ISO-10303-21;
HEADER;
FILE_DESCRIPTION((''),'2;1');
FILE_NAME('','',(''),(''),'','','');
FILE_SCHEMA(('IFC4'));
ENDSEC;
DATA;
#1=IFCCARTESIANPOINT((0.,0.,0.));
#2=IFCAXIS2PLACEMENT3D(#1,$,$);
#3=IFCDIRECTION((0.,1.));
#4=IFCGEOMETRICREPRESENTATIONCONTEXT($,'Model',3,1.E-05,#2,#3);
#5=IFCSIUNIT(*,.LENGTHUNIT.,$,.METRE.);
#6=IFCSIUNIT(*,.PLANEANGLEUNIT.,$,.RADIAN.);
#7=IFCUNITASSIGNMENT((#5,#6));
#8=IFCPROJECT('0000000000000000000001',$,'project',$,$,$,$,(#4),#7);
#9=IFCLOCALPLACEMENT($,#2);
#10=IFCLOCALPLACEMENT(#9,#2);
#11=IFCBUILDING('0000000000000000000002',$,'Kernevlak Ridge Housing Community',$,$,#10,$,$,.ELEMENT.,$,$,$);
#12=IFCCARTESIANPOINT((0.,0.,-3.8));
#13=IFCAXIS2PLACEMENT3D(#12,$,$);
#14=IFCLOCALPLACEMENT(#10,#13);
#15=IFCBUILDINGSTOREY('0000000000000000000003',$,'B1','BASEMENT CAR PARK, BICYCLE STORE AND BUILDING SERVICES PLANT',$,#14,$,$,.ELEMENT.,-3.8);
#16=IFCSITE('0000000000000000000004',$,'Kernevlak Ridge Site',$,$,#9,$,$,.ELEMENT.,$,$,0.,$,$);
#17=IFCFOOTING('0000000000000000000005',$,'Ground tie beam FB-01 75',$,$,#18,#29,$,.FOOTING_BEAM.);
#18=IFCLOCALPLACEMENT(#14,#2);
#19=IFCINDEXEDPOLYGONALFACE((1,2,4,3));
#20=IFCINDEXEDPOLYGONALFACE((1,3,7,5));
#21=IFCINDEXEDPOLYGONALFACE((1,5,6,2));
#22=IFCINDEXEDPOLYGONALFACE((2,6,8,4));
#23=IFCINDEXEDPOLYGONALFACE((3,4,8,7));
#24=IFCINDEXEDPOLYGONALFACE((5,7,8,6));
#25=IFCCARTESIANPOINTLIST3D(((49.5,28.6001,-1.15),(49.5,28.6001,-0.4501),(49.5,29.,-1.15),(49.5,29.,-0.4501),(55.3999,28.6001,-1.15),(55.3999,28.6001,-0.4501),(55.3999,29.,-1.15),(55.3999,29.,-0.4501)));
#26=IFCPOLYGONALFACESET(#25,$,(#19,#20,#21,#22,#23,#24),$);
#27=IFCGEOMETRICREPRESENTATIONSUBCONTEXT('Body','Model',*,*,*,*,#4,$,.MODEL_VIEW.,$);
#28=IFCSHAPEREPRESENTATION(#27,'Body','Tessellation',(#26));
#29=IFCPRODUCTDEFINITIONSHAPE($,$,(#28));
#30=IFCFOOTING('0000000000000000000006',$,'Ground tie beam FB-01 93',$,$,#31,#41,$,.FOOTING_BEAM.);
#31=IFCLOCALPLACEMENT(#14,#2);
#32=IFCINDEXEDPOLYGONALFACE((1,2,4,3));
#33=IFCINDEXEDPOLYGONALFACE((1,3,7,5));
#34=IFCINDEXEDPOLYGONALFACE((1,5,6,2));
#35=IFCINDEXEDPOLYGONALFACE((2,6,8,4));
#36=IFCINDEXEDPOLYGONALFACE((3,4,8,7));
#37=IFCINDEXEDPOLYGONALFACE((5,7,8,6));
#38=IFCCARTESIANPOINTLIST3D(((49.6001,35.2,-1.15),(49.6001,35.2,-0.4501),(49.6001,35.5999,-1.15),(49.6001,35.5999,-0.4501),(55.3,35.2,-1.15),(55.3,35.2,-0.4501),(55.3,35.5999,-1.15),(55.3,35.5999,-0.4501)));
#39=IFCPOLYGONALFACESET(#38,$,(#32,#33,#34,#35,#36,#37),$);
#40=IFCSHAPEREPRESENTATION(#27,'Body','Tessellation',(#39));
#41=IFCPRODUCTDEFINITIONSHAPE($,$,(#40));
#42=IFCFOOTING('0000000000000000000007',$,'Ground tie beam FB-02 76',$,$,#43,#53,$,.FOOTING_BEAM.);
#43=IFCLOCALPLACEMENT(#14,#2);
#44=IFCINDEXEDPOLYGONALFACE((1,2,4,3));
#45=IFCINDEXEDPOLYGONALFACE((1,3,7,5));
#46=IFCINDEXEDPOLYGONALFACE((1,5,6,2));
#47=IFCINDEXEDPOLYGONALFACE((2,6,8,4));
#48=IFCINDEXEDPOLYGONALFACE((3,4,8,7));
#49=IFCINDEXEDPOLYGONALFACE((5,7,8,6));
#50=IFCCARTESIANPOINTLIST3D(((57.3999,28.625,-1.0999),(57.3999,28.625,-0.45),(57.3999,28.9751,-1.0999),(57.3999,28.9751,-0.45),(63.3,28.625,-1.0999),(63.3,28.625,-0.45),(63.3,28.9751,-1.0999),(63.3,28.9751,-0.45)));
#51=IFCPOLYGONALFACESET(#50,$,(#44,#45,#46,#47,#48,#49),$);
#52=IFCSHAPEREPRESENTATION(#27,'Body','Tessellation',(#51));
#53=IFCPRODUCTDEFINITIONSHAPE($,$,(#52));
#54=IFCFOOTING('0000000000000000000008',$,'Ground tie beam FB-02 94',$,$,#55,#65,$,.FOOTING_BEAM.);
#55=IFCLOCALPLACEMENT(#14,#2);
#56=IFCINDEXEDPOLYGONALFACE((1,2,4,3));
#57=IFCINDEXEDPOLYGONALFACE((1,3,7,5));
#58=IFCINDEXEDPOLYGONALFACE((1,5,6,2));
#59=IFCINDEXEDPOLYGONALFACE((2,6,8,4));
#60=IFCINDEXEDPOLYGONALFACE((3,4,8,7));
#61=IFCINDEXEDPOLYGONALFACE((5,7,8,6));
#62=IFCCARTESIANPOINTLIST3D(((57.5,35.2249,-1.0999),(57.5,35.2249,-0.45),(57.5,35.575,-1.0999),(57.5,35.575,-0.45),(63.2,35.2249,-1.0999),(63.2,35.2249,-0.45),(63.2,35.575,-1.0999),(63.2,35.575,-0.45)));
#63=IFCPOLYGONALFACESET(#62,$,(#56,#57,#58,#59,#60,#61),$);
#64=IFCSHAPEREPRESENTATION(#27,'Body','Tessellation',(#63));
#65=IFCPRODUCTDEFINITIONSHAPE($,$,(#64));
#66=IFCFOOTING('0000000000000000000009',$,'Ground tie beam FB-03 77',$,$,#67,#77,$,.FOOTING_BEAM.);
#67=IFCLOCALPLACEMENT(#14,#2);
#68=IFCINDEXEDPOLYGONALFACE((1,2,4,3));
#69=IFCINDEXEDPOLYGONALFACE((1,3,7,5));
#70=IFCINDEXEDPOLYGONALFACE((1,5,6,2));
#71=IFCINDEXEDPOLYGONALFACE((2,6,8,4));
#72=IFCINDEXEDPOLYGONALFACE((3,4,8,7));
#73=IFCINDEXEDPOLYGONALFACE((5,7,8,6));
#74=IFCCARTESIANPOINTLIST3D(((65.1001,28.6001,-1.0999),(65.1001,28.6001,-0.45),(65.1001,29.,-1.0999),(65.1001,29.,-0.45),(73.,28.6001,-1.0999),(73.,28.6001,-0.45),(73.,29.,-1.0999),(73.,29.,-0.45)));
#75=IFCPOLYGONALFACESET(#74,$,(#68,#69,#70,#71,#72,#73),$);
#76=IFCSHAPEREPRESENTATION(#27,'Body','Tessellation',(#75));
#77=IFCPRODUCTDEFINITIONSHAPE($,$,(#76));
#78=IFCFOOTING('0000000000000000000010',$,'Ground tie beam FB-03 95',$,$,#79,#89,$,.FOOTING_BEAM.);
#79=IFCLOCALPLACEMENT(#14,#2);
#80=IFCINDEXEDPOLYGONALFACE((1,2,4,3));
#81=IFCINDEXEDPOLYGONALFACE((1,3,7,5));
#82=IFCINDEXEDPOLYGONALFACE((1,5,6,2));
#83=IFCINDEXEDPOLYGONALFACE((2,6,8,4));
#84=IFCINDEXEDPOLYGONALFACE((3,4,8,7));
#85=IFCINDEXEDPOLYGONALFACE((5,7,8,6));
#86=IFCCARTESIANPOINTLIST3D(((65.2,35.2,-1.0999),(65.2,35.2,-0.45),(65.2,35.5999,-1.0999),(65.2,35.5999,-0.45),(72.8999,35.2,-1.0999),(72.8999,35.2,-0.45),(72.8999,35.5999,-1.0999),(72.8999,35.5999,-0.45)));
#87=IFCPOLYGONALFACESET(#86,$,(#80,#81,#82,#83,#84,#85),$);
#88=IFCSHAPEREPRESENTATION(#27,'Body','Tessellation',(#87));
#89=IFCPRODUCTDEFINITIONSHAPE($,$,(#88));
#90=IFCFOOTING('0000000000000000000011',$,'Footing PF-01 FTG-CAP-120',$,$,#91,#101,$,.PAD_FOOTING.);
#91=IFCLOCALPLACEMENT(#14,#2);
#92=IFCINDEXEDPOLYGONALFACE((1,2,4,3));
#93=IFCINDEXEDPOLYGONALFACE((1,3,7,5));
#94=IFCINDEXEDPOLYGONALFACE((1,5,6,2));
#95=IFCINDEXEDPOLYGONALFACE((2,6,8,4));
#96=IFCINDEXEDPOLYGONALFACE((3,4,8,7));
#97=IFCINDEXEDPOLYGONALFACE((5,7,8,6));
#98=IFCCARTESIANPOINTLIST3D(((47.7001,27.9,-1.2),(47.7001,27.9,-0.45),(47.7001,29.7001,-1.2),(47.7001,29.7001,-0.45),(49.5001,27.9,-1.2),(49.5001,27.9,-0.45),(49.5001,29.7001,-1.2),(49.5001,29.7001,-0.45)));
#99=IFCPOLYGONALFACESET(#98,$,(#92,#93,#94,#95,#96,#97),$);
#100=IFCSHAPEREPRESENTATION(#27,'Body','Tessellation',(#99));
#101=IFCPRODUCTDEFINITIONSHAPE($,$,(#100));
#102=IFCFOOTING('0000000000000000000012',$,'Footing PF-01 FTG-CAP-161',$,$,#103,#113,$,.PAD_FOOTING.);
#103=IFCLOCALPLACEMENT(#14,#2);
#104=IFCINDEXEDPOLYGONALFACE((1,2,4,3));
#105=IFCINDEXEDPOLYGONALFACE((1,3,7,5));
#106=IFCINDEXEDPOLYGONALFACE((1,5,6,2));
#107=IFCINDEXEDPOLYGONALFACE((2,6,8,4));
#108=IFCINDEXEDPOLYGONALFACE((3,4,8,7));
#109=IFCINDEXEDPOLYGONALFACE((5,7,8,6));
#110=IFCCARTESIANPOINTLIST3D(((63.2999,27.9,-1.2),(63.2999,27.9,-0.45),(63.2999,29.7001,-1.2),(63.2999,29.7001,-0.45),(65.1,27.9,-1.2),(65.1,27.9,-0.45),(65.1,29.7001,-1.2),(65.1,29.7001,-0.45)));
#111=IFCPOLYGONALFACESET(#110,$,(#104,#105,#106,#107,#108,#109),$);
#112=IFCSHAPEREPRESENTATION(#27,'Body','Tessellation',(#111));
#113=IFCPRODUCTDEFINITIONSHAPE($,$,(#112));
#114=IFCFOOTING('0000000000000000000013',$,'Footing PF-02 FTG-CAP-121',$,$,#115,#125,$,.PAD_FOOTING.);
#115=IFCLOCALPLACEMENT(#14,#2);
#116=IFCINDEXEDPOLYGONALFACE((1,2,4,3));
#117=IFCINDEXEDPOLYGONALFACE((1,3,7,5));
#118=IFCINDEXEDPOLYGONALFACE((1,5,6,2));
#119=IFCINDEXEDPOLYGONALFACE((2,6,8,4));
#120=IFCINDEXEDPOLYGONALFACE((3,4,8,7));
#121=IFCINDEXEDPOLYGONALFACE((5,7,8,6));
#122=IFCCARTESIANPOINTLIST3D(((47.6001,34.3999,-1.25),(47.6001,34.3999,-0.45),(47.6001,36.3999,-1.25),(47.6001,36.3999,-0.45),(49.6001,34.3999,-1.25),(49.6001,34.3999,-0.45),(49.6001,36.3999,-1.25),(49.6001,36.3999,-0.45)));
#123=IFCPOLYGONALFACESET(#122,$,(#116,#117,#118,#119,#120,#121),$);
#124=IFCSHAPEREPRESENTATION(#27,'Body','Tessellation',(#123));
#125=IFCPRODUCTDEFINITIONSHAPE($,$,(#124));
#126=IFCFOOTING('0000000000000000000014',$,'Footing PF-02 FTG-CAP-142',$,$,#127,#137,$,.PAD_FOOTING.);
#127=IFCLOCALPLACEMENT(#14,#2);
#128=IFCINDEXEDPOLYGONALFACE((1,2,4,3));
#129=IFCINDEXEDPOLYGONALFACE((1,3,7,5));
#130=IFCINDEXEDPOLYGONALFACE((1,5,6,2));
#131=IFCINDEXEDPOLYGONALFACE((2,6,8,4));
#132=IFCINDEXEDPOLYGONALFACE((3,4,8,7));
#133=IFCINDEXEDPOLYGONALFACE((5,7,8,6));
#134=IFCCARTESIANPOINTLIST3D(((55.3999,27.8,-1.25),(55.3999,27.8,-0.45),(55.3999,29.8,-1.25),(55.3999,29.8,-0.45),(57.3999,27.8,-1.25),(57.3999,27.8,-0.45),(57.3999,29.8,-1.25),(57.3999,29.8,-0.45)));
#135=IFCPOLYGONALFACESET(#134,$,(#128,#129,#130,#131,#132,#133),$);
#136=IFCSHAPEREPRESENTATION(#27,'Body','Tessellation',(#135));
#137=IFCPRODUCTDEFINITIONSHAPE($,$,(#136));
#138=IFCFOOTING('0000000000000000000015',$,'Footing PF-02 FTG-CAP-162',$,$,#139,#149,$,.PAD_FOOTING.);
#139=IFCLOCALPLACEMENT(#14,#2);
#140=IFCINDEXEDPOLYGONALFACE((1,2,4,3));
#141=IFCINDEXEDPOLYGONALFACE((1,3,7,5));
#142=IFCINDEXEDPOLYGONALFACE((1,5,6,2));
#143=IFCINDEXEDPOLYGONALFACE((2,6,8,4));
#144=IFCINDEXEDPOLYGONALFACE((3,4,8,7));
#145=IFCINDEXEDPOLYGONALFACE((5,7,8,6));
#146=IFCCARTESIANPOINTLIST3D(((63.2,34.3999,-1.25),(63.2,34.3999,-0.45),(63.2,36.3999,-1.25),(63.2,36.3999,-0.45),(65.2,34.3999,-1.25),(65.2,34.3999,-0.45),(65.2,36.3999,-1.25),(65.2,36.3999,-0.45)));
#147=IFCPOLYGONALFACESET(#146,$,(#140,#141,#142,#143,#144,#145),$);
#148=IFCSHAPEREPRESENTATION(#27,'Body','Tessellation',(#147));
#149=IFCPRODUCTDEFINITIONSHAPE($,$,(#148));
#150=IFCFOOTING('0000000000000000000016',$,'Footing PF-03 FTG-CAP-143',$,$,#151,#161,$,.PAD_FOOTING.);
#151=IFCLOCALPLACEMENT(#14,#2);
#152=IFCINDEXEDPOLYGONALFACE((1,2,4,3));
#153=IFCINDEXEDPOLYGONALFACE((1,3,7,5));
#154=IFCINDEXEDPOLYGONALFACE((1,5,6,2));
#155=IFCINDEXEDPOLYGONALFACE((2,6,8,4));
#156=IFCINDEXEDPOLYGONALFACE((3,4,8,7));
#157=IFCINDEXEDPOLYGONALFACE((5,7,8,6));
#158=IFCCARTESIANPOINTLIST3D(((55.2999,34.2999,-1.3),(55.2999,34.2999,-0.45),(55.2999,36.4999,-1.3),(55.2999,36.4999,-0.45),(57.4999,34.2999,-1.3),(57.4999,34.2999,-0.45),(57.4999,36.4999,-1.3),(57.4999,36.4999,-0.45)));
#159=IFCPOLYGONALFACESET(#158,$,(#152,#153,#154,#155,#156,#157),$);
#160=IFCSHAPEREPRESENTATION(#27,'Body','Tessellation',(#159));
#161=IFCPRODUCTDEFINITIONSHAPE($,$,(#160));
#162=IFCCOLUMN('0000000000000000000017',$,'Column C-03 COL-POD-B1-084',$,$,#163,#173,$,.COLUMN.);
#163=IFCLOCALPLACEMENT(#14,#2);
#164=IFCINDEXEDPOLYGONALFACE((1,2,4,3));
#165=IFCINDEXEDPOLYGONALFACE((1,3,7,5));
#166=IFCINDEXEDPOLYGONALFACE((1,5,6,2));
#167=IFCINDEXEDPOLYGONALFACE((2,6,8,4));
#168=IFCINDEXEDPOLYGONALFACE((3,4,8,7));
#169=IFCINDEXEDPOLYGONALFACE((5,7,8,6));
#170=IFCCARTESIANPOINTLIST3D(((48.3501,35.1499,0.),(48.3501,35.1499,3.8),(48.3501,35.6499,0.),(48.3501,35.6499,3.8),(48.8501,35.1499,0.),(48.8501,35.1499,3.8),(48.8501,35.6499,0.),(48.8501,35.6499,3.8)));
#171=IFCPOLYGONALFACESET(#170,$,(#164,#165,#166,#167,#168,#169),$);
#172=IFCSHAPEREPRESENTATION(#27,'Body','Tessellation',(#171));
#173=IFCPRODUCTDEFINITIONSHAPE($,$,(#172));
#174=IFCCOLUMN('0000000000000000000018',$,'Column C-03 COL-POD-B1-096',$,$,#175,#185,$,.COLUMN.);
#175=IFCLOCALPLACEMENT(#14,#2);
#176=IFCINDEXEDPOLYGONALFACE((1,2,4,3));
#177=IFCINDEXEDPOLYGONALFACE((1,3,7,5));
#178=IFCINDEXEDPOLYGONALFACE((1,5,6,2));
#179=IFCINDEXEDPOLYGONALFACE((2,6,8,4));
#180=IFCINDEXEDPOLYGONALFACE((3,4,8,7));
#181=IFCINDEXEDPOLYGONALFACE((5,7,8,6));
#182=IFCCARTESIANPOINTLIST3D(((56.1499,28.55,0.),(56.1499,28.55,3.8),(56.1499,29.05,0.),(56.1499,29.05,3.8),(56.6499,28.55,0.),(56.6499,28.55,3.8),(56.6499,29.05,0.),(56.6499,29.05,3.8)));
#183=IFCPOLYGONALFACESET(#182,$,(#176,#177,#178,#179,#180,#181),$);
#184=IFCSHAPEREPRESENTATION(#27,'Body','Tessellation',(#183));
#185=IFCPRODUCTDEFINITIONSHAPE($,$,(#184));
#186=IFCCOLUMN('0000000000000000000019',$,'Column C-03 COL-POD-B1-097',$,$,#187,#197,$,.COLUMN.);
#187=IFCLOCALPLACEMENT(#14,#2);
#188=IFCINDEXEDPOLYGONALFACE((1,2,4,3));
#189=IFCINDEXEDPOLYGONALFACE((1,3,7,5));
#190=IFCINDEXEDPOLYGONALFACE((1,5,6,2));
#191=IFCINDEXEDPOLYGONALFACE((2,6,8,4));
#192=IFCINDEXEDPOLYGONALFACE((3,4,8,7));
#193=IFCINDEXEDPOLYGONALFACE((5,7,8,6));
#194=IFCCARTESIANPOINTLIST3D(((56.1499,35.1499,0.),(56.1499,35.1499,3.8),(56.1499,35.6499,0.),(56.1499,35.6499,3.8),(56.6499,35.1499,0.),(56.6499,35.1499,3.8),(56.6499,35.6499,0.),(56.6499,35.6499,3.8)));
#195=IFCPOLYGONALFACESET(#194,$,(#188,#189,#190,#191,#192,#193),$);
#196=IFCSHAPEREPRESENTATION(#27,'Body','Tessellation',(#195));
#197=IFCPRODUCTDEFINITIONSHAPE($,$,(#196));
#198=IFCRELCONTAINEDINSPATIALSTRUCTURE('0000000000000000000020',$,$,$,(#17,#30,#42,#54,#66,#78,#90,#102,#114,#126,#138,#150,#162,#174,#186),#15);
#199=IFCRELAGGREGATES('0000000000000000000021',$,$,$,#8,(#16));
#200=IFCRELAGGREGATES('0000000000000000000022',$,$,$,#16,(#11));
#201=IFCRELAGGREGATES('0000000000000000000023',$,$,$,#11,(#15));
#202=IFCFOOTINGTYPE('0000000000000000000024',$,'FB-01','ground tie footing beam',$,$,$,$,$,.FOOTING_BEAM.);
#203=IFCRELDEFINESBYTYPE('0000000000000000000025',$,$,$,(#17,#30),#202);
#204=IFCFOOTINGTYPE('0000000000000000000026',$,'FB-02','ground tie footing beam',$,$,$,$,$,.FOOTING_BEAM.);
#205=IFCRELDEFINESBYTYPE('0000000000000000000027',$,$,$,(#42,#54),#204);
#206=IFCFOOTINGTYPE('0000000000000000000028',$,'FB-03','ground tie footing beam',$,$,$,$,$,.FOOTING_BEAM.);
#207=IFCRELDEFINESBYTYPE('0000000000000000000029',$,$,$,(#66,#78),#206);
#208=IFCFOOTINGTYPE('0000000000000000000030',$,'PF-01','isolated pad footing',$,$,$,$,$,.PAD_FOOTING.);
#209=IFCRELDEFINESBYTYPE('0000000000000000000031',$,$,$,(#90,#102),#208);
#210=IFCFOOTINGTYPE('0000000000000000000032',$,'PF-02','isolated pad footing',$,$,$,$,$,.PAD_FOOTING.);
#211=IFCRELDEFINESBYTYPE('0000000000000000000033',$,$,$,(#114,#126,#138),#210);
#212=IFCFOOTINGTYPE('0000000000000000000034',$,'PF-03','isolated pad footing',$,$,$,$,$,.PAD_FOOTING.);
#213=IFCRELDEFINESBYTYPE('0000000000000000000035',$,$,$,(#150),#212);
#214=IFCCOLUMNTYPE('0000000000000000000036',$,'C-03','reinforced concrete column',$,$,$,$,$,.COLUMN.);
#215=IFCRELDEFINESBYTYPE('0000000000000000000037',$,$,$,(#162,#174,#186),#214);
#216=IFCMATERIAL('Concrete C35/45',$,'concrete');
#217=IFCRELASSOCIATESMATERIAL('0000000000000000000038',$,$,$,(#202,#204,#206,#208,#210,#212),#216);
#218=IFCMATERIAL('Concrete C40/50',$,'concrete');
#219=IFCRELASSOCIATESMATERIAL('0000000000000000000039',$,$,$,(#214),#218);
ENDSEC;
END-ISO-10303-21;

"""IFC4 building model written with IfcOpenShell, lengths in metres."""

from ifc_helpers import new_model, si_unit, direction, frame, origin, origin_2d, place, context, subcontext, project, spatial, rectangle, extrude, material, material_profile, profile_set, type_object, element, save


model = new_model("IFC4")

# Units and contexts
model_context = context("Model", 3, precision=1e-05, world=origin(), true_north=direction((0.0, 1.0)))
body_context = subcontext(model_context, "Body", "Model", "MODEL_VIEW")
ifc_project = project(units=[si_unit("LENGTHUNIT", "METRE"), si_unit("PLANEANGLEUNIT", "RADIAN")], contexts=[model_context])

# Site, building, storey
site_placement = place(None, origin())
site = spatial("IfcSite", under=ifc_project, at=site_placement, Name="Kernevlak Ridge Site", CompositionType="ELEMENT", RefElevation=0.0)
building_placement = place(site_placement, origin())
building = spatial("IfcBuilding", under=site, at=building_placement, Name="Kernevlak Ridge Housing Community", CompositionType="ELEMENT")
storey_placement = place(building_placement, frame((0.0, 0.0, -3.8)))
storey = spatial("IfcBuildingStorey", under=building, at=storey_placement, Name="B1", Description="BASEMENT CAR PARK, BICYCLE STORE AND BUILDING SERVICES PLANT", CompositionType="ELEMENT", Elevation=-3.8)

# Footings
ifc_material_1 = material(Name="Concrete C35/45", Category="concrete")
ifc_material_profile_1 = material_profile(ifc_material_1, rectangle(XDim=0.3999, YDim=0.7, at=origin_2d()), Name="RC 400x700")
ifc_profile_set_1 = profile_set([ifc_material_profile_1], Name="Concrete C35/45")
footing_type_1 = type_object("IfcFootingType", Name="FB-01", Description="ground tie footing beam", PredefinedType="FOOTING_BEAM", material=ifc_profile_set_1)
footing_1_placement = place(storey_placement, frame((49.5, 28.8, -0.8), z_axis=(1.0, 0.0, 0.0), x_axis=(0.0, 1.0, 0.0)))
element("IfcFooting", 1, at=footing_1_placement, inside=storey, type_object=footing_type_1, Name="Ground tie beam FB-01 75", PredefinedType="FOOTING_BEAM", context=body_context, shape_type="SweptSolid", body=[
    extrude(rectangle(XDim=0.3999, YDim=0.7, at=origin_2d()), origin(), (0.0, 0.0, 1.0), 5.8999),
])
footing_2_placement = place(storey_placement, frame((49.6001, 35.3999, -0.8), z_axis=(1.0, 0.0, 0.0), x_axis=(0.0, 1.0, 0.0)))
element("IfcFooting", 2, at=footing_2_placement, inside=storey, type_object=footing_type_1, Name="Ground tie beam FB-01 93", PredefinedType="FOOTING_BEAM", context=body_context, shape_type="SweptSolid", body=[
    extrude(rectangle(XDim=0.3999, YDim=0.7, at=origin_2d()), origin(), (0.0, 0.0, 1.0), 5.7),
])
ifc_material_profile_2 = material_profile(ifc_material_1, rectangle(XDim=0.3501, YDim=0.6499, at=origin_2d()), Name="RC 350x650")
ifc_profile_set_2 = profile_set([ifc_material_profile_2], Name="Concrete C35/45")
footing_type_2 = type_object("IfcFootingType", Name="FB-02", Description="ground tie footing beam", PredefinedType="FOOTING_BEAM", material=ifc_profile_set_2)
footing_3_placement = place(storey_placement, frame((57.3999, 28.8, -0.7749), z_axis=(1.0, 0.0, 0.0), x_axis=(0.0, 1.0, 0.0)))
element("IfcFooting", 3, at=footing_3_placement, inside=storey, type_object=footing_type_2, Name="Ground tie beam FB-02 76", PredefinedType="FOOTING_BEAM", context=body_context, shape_type="SweptSolid", body=[
    extrude(rectangle(XDim=0.3501, YDim=0.6499, at=origin_2d()), origin(), (0.0, 0.0, 1.0), 5.9001),
])
footing_4_placement = place(storey_placement, frame((57.5, 35.3999, -0.7749), z_axis=(1.0, 0.0, 0.0), x_axis=(0.0, 1.0, 0.0)))
element("IfcFooting", 4, at=footing_4_placement, inside=storey, type_object=footing_type_2, Name="Ground tie beam FB-02 94", PredefinedType="FOOTING_BEAM", context=body_context, shape_type="SweptSolid", body=[
    extrude(rectangle(XDim=0.3501, YDim=0.6499, at=origin_2d()), origin(), (0.0, 0.0, 1.0), 5.7),
])
ifc_material_profile_3 = material_profile(ifc_material_1, rectangle(XDim=0.3999, YDim=0.6499, at=origin_2d()), Name="RC 400x650")
ifc_profile_set_3 = profile_set([ifc_material_profile_3], Name="Concrete C35/45")
footing_type_3 = type_object("IfcFootingType", Name="FB-03", Description="ground tie footing beam", PredefinedType="FOOTING_BEAM", material=ifc_profile_set_3)
footing_5_placement = place(storey_placement, frame((65.1001, 28.8, -0.7749), z_axis=(1.0, 0.0, 0.0), x_axis=(0.0, 1.0, 0.0)))
element("IfcFooting", 5, at=footing_5_placement, inside=storey, type_object=footing_type_3, Name="Ground tie beam FB-03 77", PredefinedType="FOOTING_BEAM", context=body_context, shape_type="SweptSolid", body=[
    extrude(rectangle(XDim=0.3999, YDim=0.6499, at=origin_2d()), origin(), (0.0, 0.0, 1.0), 7.8999),
])
footing_6_placement = place(storey_placement, frame((65.2, 35.3999, -0.7749), z_axis=(1.0, 0.0, 0.0), x_axis=(0.0, 1.0, 0.0)))
element("IfcFooting", 6, at=footing_6_placement, inside=storey, type_object=footing_type_3, Name="Ground tie beam FB-03 95", PredefinedType="FOOTING_BEAM", context=body_context, shape_type="SweptSolid", body=[
    extrude(rectangle(XDim=0.3999, YDim=0.6499, at=origin_2d()), origin(), (0.0, 0.0, 1.0), 7.7),
])
footing_type_4 = type_object("IfcFootingType", Name="PF-01", Description="isolated pad footing", PredefinedType="PAD_FOOTING", material=ifc_material_1)
for number, where, z_axis, x_axis, name in (
    (7, (48.6001, 28.8, -1.2), (0.0, 0.0, 1.0), (1.0, 0.0, 0.0), "Footing PF-01 FTG-CAP-120"),
    (8, (64.2, 28.8, -1.2), (0.0, 0.0, 1.0), (1.0, 0.0, 0.0), "Footing PF-01 FTG-CAP-161"),
):
    element("IfcFooting", number, at=place(storey_placement, frame(where, z_axis=z_axis, x_axis=x_axis)), inside=storey, type_object=footing_type_4, Name=name, PredefinedType="PAD_FOOTING", context=body_context, shape_type="SweptSolid", body=[
        extrude(rectangle(XDim=1.8, YDim=1.8, at=origin_2d()), origin(), (0.0, 0.0, 1.0), 0.75),
    ])
footing_type_5 = type_object("IfcFootingType", Name="PF-02", Description="isolated pad footing", PredefinedType="PAD_FOOTING", material=ifc_material_1)
for number, where, z_axis, x_axis, name in (
    (9, (48.6001, 35.3999, -1.25), (0.0, 0.0, 1.0), (1.0, 0.0, 0.0), "Footing PF-02 FTG-CAP-121"),
    (10, (56.3999, 28.8, -1.25), (0.0, 0.0, 1.0), (1.0, 0.0, 0.0), "Footing PF-02 FTG-CAP-142"),
    (11, (64.2, 35.3999, -1.25), (0.0, 0.0, 1.0), (1.0, 0.0, 0.0), "Footing PF-02 FTG-CAP-162"),
):
    element("IfcFooting", number, at=place(storey_placement, frame(where, z_axis=z_axis, x_axis=x_axis)), inside=storey, type_object=footing_type_5, Name=name, PredefinedType="PAD_FOOTING", context=body_context, shape_type="SweptSolid", body=[
        extrude(rectangle(XDim=2.0, YDim=2.0, at=origin_2d()), origin(), (0.0, 0.0, 1.0), 0.8),
    ])
footing_type_6 = type_object("IfcFootingType", Name="PF-03", Description="isolated pad footing", PredefinedType="PAD_FOOTING", material=ifc_material_1)
footing_7_placement = place(storey_placement, frame((56.3999, 35.3999, -1.3), z_axis=(0.0, 0.0, 1.0), x_axis=(1.0, 0.0, 0.0)))
element("IfcFooting", 12, at=footing_7_placement, inside=storey, type_object=footing_type_6, Name="Footing PF-03 FTG-CAP-143", PredefinedType="PAD_FOOTING", context=body_context, shape_type="SweptSolid", body=[
    extrude(rectangle(XDim=2.2, YDim=2.2, at=origin_2d()), origin(), (0.0, 0.0, 1.0), 0.8501),
])

# Columns
ifc_material_2 = material(Name="Concrete C40/50", Category="concrete")
ifc_material_profile_4 = material_profile(ifc_material_2, rectangle(XDim=0.5, YDim=0.5, at=origin_2d()), Name="RC 500x500")
ifc_profile_set_4 = profile_set([ifc_material_profile_4], Name="Concrete C40/50")
column_type = type_object("IfcColumnType", Name="C-03", Description="reinforced concrete column", PredefinedType="COLUMN", material=ifc_profile_set_4)
for number, where, z_axis, x_axis, name in (
    (13, (48.6001, 35.3999, 0.0), (0.0, 0.0, 1.0), (1.0, 0.0, 0.0), "Column C-03 COL-POD-B1-084"),
    (14, (56.3999, 28.8, 0.0), (0.0, 0.0, 1.0), (1.0, 0.0, 0.0), "Column C-03 COL-POD-B1-096"),
    (15, (56.3999, 35.3999, 0.0), (0.0, 0.0, 1.0), (1.0, 0.0, 0.0), "Column C-03 COL-POD-B1-097"),
):
    element("IfcColumn", number, at=place(storey_placement, frame(where, z_axis=z_axis, x_axis=x_axis)), inside=storey, type_object=column_type, Name=name, PredefinedType="COLUMN", context=body_context, shape_type="SweptSolid", body=[
        extrude(rectangle(XDim=0.5, YDim=0.5, at=origin_2d()), origin(), (0.0, 0.0, 1.0), 3.8),
    ])

save(model, "model.ifc")
